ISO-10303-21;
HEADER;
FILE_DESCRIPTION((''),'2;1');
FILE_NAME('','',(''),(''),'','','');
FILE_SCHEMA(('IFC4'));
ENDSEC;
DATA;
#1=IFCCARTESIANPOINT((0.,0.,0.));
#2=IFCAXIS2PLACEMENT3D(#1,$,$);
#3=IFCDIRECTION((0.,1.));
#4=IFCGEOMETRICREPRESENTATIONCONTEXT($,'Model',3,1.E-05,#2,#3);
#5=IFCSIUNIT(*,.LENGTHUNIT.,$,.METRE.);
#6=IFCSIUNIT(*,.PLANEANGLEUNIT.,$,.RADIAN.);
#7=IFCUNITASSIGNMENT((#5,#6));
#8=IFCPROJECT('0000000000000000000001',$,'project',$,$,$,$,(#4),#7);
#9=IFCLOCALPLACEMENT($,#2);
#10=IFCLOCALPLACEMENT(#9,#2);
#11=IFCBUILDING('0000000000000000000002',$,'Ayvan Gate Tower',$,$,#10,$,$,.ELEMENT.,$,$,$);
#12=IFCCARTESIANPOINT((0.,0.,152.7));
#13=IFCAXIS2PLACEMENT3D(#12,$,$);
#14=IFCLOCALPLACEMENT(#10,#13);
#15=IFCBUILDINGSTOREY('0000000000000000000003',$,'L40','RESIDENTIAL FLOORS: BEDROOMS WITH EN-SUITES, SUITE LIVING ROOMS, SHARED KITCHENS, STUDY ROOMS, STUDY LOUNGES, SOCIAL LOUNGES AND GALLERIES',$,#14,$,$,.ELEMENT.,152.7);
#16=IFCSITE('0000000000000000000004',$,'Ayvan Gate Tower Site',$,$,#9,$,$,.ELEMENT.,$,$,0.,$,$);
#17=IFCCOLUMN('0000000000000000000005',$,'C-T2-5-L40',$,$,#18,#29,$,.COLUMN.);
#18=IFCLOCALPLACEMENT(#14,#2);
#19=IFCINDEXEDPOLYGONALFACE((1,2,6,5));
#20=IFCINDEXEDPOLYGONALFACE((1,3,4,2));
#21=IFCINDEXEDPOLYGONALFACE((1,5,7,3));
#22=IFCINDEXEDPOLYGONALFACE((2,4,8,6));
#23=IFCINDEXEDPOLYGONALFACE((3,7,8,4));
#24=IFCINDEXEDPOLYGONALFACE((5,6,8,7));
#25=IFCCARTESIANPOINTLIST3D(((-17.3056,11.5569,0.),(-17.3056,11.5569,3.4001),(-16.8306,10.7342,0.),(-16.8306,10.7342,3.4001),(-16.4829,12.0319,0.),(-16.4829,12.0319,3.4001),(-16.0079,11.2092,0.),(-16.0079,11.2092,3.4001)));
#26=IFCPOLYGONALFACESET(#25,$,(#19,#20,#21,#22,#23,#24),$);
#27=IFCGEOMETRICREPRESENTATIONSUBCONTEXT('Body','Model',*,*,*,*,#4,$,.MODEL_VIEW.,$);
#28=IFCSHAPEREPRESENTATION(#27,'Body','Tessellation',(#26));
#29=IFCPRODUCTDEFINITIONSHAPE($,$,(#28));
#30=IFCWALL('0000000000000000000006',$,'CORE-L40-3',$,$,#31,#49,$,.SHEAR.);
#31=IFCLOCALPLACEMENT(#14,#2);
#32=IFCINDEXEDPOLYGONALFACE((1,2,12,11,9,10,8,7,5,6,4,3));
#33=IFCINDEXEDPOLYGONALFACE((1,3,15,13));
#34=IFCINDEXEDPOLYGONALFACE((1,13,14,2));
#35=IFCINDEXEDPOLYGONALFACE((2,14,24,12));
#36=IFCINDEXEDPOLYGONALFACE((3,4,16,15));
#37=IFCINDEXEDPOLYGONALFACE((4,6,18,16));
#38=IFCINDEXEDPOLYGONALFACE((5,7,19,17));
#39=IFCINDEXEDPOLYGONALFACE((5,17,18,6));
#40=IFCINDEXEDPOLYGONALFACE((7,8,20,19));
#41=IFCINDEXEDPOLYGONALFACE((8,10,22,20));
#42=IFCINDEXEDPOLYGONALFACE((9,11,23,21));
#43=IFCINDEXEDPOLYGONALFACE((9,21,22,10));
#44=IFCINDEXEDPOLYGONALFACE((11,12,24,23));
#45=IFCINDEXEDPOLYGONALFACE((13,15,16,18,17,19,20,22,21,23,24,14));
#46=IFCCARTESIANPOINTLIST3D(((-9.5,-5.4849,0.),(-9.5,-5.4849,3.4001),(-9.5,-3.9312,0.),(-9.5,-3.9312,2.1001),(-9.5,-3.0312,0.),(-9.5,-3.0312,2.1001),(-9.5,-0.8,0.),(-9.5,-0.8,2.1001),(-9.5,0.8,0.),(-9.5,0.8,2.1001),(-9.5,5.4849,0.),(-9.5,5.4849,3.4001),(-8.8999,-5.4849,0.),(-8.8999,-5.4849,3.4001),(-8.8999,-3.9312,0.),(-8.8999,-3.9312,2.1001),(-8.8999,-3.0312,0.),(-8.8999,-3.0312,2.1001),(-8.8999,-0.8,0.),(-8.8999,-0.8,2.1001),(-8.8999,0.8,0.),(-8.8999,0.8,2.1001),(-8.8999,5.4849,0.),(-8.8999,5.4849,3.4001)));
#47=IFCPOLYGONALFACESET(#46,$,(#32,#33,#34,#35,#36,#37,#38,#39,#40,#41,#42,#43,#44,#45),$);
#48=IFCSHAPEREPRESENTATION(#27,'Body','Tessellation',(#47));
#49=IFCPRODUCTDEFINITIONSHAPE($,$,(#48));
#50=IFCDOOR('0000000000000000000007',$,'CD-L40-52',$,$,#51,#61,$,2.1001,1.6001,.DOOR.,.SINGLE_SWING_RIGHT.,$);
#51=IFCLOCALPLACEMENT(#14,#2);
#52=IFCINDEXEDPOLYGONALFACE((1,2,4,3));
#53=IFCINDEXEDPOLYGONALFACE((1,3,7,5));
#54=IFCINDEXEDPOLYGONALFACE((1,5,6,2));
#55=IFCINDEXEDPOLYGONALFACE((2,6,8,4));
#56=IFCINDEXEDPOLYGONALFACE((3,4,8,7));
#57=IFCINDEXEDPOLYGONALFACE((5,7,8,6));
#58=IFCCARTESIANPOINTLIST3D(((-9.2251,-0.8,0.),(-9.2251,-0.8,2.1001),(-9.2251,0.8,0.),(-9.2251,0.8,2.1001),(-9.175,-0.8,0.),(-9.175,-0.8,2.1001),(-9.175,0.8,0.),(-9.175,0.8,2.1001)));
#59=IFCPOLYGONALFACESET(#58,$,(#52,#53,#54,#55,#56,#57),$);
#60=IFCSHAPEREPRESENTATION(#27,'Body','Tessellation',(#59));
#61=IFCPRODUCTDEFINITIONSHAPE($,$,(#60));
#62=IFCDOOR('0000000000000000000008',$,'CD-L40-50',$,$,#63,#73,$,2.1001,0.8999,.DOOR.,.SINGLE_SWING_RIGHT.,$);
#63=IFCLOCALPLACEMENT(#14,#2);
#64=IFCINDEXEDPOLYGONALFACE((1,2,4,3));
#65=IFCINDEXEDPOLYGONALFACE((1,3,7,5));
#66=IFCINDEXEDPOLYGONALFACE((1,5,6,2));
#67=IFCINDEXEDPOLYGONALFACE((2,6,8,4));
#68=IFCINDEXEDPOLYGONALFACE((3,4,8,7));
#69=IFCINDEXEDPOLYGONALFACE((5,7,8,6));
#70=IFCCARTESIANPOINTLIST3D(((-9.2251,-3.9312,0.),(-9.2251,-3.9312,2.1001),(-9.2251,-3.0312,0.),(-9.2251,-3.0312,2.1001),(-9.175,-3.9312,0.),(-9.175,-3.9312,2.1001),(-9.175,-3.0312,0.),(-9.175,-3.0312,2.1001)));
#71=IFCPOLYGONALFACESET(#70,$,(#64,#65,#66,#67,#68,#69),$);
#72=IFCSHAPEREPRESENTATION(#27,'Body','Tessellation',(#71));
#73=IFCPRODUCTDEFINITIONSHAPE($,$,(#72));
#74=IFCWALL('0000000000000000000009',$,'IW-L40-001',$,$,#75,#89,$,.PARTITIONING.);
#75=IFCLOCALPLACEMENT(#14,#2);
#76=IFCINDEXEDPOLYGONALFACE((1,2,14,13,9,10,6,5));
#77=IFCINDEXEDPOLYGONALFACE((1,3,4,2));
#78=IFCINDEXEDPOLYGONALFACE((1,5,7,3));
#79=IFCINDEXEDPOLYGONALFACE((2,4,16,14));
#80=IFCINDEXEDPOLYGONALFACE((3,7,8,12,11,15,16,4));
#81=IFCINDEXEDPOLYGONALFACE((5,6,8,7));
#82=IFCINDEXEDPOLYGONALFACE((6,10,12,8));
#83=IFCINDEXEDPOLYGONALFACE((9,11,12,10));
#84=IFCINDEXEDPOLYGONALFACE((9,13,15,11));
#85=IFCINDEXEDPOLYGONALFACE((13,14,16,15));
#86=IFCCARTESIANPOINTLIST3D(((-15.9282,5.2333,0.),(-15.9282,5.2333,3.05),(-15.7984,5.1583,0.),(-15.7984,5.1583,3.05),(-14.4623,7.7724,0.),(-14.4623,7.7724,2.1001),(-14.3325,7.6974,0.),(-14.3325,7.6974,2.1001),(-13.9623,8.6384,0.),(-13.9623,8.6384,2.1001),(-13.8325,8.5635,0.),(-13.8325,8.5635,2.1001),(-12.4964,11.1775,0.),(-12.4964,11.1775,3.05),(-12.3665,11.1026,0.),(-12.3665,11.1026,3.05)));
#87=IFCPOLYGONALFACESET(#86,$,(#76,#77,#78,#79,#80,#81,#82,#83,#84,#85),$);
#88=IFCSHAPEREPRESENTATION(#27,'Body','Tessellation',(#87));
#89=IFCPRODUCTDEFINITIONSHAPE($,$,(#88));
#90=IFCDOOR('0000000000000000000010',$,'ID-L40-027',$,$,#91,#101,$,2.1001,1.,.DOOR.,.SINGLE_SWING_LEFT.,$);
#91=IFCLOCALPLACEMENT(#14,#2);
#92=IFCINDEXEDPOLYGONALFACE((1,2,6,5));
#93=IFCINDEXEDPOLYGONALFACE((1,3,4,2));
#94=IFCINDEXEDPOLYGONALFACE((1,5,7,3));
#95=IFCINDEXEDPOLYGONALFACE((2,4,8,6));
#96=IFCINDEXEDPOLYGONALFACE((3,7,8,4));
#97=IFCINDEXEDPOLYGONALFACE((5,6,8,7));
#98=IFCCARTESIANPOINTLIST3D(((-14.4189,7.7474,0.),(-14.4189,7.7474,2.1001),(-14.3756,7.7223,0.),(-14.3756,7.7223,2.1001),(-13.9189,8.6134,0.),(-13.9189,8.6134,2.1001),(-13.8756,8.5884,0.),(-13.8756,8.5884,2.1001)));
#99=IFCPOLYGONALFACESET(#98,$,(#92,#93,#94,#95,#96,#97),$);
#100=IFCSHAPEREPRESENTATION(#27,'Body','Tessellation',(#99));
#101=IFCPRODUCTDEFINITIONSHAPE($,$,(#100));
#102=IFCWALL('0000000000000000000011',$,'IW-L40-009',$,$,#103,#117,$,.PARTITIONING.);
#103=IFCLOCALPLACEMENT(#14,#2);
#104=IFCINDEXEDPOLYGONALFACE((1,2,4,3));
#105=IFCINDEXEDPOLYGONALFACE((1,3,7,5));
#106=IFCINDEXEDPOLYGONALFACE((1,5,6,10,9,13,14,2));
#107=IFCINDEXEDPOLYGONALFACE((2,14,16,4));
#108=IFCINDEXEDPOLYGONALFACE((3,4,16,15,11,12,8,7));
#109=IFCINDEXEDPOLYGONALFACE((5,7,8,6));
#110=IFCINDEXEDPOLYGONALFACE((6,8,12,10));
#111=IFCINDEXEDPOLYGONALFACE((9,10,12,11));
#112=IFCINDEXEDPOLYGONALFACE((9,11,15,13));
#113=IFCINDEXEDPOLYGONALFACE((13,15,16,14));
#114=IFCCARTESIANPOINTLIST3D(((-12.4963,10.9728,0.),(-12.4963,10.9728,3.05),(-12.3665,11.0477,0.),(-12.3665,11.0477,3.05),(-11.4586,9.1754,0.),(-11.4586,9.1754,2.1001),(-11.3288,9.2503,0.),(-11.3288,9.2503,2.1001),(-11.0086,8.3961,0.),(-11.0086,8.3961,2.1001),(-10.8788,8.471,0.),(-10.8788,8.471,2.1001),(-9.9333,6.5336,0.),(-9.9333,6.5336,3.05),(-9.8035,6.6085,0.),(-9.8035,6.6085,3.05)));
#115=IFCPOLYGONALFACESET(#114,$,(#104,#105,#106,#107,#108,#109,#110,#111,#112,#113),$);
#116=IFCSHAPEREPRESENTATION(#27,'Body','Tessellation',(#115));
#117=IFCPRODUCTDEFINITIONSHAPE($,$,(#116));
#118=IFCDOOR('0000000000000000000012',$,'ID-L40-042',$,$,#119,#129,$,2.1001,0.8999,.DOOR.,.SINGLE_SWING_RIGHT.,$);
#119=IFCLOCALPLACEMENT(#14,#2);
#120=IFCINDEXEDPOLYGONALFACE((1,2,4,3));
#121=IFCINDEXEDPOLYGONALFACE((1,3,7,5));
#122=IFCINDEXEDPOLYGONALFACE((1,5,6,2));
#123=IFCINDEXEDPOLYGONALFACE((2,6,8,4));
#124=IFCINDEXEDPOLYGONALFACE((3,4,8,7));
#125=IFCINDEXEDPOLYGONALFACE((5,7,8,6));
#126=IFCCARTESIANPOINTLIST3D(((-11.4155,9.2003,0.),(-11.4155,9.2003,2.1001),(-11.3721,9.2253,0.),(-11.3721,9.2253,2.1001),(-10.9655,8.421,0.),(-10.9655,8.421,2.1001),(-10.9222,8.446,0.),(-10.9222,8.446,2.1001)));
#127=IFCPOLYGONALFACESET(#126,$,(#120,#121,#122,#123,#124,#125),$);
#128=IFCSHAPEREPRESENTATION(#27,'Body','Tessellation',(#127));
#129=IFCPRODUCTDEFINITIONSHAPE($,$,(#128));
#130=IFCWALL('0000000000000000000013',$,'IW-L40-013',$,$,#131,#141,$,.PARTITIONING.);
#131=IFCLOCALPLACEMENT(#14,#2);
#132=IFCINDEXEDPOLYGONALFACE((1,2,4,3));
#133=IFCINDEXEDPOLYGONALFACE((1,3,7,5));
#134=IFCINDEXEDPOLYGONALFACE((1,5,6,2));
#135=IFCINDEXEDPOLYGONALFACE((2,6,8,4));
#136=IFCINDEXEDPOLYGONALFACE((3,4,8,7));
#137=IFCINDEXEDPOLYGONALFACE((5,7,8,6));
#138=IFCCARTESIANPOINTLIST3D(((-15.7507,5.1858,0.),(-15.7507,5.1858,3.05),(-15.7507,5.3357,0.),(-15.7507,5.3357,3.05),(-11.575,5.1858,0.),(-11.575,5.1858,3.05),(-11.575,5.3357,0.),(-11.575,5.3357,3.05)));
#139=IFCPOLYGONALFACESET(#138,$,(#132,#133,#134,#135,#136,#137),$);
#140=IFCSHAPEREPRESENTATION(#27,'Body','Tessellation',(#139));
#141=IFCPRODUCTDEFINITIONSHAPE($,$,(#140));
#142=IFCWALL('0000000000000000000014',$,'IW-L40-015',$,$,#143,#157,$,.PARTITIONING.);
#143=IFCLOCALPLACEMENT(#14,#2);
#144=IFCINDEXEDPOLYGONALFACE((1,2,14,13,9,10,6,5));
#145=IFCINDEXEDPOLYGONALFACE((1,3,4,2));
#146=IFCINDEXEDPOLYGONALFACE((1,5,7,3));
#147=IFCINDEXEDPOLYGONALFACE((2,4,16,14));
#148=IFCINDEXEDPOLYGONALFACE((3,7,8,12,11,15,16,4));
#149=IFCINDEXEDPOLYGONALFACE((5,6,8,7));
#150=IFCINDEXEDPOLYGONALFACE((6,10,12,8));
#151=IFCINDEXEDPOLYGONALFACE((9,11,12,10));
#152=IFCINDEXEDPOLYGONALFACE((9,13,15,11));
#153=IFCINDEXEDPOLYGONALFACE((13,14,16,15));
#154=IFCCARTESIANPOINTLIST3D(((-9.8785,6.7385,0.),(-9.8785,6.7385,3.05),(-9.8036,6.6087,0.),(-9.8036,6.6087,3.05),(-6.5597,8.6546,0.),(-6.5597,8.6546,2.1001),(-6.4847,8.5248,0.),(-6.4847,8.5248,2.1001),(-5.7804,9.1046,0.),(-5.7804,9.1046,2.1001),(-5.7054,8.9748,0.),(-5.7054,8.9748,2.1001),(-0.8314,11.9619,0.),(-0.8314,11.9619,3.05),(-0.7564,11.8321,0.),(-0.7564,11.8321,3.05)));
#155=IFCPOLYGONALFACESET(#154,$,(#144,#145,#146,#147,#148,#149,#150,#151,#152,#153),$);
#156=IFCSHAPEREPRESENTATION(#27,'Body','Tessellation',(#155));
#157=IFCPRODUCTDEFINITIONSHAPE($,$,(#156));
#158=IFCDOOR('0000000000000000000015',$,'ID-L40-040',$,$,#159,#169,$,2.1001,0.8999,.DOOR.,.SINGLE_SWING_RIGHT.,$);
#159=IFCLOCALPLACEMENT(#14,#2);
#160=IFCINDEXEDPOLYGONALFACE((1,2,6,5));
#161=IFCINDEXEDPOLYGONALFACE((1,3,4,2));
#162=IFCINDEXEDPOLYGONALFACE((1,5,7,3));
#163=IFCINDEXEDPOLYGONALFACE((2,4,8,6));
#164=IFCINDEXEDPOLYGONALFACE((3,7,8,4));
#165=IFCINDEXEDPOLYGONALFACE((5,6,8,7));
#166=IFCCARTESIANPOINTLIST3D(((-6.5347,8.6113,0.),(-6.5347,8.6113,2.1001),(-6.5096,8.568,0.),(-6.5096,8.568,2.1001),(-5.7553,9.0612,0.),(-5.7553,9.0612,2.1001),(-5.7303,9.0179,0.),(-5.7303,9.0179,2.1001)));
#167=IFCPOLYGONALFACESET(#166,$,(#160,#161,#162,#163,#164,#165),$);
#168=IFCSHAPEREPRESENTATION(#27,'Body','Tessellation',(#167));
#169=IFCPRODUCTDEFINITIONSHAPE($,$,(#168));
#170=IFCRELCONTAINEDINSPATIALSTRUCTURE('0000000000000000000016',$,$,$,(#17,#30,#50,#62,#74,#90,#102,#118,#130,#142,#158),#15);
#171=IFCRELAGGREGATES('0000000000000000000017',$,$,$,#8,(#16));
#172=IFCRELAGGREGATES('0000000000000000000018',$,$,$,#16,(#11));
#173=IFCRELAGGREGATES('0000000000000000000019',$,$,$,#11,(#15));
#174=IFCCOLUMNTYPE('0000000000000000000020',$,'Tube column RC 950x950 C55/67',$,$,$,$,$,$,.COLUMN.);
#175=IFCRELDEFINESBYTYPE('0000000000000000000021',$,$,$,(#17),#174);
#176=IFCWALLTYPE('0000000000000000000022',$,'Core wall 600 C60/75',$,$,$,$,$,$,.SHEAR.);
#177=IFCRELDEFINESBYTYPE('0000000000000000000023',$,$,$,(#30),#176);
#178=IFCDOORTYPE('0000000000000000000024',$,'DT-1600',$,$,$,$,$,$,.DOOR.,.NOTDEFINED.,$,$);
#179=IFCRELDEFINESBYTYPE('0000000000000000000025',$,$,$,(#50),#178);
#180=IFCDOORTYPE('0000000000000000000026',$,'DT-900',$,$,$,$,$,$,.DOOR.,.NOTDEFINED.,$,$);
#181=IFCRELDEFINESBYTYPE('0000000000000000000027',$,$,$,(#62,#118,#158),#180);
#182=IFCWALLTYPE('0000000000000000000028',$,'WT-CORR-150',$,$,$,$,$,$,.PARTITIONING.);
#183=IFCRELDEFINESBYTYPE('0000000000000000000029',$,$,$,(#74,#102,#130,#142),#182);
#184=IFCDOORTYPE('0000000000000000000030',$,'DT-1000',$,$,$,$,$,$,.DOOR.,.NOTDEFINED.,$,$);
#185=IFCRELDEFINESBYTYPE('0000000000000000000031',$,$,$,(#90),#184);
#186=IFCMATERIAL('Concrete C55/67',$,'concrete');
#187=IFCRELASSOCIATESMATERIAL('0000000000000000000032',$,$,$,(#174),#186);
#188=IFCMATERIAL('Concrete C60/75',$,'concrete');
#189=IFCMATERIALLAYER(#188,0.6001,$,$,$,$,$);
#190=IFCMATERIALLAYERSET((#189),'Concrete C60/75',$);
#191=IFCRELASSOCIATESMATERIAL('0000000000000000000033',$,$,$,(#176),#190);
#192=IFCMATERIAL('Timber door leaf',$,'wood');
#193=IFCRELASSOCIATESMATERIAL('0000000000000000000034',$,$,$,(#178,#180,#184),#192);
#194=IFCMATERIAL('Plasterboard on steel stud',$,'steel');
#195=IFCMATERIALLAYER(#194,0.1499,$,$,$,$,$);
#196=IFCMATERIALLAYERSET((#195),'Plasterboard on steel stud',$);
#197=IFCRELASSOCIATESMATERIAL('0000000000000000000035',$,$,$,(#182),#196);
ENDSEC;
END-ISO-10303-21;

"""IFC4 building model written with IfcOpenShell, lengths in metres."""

from ifc_helpers import new_model, si_unit, direction, frame, frame_2d, origin, origin_2d, place, context, subcontext, project, spatial, rectangle, extrude, material, layer, layer_set, material_profile, profile_set, type_object, element, fill, save


model = new_model("IFC4")

# Units and contexts
model_context = context("Model", 3, precision=1e-05, world=origin(), true_north=direction((0.0, 1.0)))
body_context = subcontext(model_context, "Body", "Model", "MODEL_VIEW")
ifc_project = project(units=[si_unit("LENGTHUNIT", "METRE"), si_unit("PLANEANGLEUNIT", "RADIAN")], contexts=[model_context])

# Site, building, storey
site_placement = place(None, origin())
site = spatial("IfcSite", under=ifc_project, at=site_placement, Name="Ayvan Gate Tower Site", CompositionType="ELEMENT", RefElevation=0.0)
building_placement = place(site_placement, origin())
building = spatial("IfcBuilding", under=site, at=building_placement, Name="Ayvan Gate Tower", CompositionType="ELEMENT")
storey_placement = place(building_placement, frame((0.0, 0.0, 152.7)))
storey = spatial("IfcBuildingStorey", under=building, at=storey_placement, Name="L40", Description="RESIDENTIAL FLOORS: BEDROOMS WITH EN-SUITES, SUITE LIVING ROOMS, SHARED KITCHENS, STUDY ROOMS, STUDY LOUNGES, SOCIAL LOUNGES AND GALLERIES", CompositionType="ELEMENT", Elevation=152.7)

# Column
ifc_material_1 = material(Name="Concrete C55/67", Category="concrete")
ifc_material_profile = material_profile(ifc_material_1, rectangle(XDim=0.95, YDim=0.95, at=origin_2d()), Name="RC 950x950")
ifc_profile_set = profile_set([ifc_material_profile], Name="Concrete C55/67")
column_type = type_object("IfcColumnType", Name="Tube column RC 950x950 C55/67", PredefinedType="COLUMN", material=ifc_profile_set)
column_placement = place(storey_placement, frame((-16.6567, 11.3831, 0.0), z_axis=(0.0, 0.0, 1.0), x_axis=(-0.5, 0.866025, 0.0)))
element("IfcColumn", 1, at=column_placement, inside=storey, type_object=column_type, Name="C-T2-5-L40", PredefinedType="COLUMN", context=body_context, shape_type="SweptSolid", body=[
    extrude(rectangle(XDim=0.95, YDim=0.95, at=origin_2d()), origin(), (0.0, 0.0, 1.0), 3.4001),
])

# Wall, openings, doors
ifc_material_2 = material(Name="Concrete C60/75", Category="concrete")
ifc_layer_1 = layer(ifc_material_2, 0.6001)
ifc_layer_set_1 = layer_set([ifc_layer_1], Name="Concrete C60/75")
wall_type_1 = type_object("IfcWallType", Name="Core wall 600 C60/75", PredefinedType="SHEAR", material=ifc_layer_set_1)
wall_1_placement = place(storey_placement, frame((-9.2, 5.4849, 0.0), z_axis=(0.0, 0.0, 1.0), x_axis=(0.0, -1.0, 0.0)))
wall_1 = element("IfcWall", 2, at=wall_1_placement, inside=storey, type_object=wall_type_1, Name="CORE-L40-3", PredefinedType="SHEAR", context=body_context, shape_type="SweptSolid", body=[
    extrude(rectangle(XDim=10.9697, YDim=0.6001, at=frame_2d((5.4849, 0.0))), origin(), (0.0, 0.0, 1.0), 3.4001),
])
opening_1_placement = place(wall_1_placement, frame((8.5161, 0.0, 0.0)))
opening_1 = element("IfcOpeningElement", 3, at=opening_1_placement, cuts=wall_1, PredefinedType="OPENING", context=body_context, shape_type="SweptSolid", body=[
    extrude(rectangle(XDim=0.8999, YDim=2.1001, at=frame_2d((0.45, 1.05))), frame((0.0, 0.3101, 0.0), z_axis=(0.0, -1.0, 0.0), x_axis=(1.0, 0.0, 0.0)), (0.0, 0.0, 1.0), 0.6201),
])
opening_2_placement = place(wall_1_placement, frame((4.6848, 0.0, 0.0)))
opening_2 = element("IfcOpeningElement", 4, at=opening_2_placement, cuts=wall_1, PredefinedType="OPENING", context=body_context, shape_type="SweptSolid", body=[
    extrude(rectangle(XDim=1.6001, YDim=2.1001, at=frame_2d((0.8, 1.05))), frame((0.0, 0.3101, 0.0), z_axis=(0.0, -1.0, 0.0), x_axis=(1.0, 0.0, 0.0)), (0.0, 0.0, 1.0), 0.6201),
])
ifc_material_3 = material(Name="Timber door leaf", Category="wood")
door_type_1 = type_object("IfcDoorType", Name="DT-1600", OperationType="NOTDEFINED", PredefinedType="DOOR", material=ifc_material_3)
door_1_placement = place(opening_2_placement, origin())
door_1 = element("IfcDoor", 5, at=door_1_placement, inside=storey, type_object=door_type_1, Name="CD-L40-52", OperationType="SINGLE_SWING_RIGHT", OverallHeight=2.1001, OverallWidth=1.6001, PredefinedType="DOOR", context=body_context, shape_type="SweptSolid", body=[
    extrude(rectangle(XDim=1.6001, YDim=2.1001, at=frame_2d((0.8, 1.05))), frame((0.0, 0.0249, 0.0), z_axis=(0.0, -1.0, 0.0), x_axis=(1.0, 0.0, 0.0)), (0.0, 0.0, 1.0), 0.05),
])
fill(opening_2, door_1)
door_type_2 = type_object("IfcDoorType", Name="DT-900", OperationType="NOTDEFINED", PredefinedType="DOOR", material=ifc_material_3)
door_2_placement = place(opening_1_placement, origin())
door_2 = element("IfcDoor", 6, at=door_2_placement, inside=storey, type_object=door_type_2, Name="CD-L40-50", OperationType="SINGLE_SWING_RIGHT", OverallHeight=2.1001, OverallWidth=0.8999, PredefinedType="DOOR", context=body_context, shape_type="SweptSolid", body=[
    extrude(rectangle(XDim=0.8999, YDim=2.1001, at=frame_2d((0.45, 1.05))), frame((0.0, 0.0249, 0.0), z_axis=(0.0, -1.0, 0.0), x_axis=(1.0, 0.0, 0.0)), (0.0, 0.0, 1.0), 0.05),
])
fill(opening_1, door_2)

# Walls, openings, doors
ifc_material_4 = material(Name="Plasterboard on steel stud", Category="steel")
ifc_layer_2 = layer(ifc_material_4, 0.1499)
ifc_layer_set_2 = layer_set([ifc_layer_2], Name="Plasterboard on steel stud")
wall_type_2 = type_object("IfcWallType", Name="WT-CORR-150", PredefinedType="PARTITIONING", material=ifc_layer_set_2)
wall_2_placement = place(storey_placement, frame((-15.8633, 5.1958, 0.0), z_axis=(0.0, 0.0, 1.0), x_axis=(0.499991, 0.86603, 0.0)))
wall_2 = element("IfcWall", 7, at=wall_2_placement, inside=storey, type_object=wall_type_2, Name="IW-L40-001", PredefinedType="PARTITIONING", context=body_context, shape_type="SweptSolid", body=[
    extrude(rectangle(XDim=6.8638, YDim=0.1499, at=frame_2d((3.4319, 0.0))), origin(), (0.0, 0.0, 1.0), 3.05),
])
opening_3_placement = place(wall_2_placement, frame((2.9319, 0.0, 0.0)))
opening_3 = element("IfcOpeningElement", 8, at=opening_3_placement, cuts=wall_2, PredefinedType="OPENING", context=body_context, shape_type="SweptSolid", body=[
    extrude(rectangle(XDim=1.0, YDim=2.1001, at=frame_2d((0.5, 1.05))), frame((0.0, 0.085, 0.0), z_axis=(0.0, -1.0, 0.0), x_axis=(1.0, 0.0, 0.0)), (0.0, 0.0, 1.0), 0.1699),
])
door_type_3 = type_object("IfcDoorType", Name="DT-1000", OperationType="NOTDEFINED", PredefinedType="DOOR", material=ifc_material_3)
door_3_placement = place(opening_3_placement, origin())
door_3 = element("IfcDoor", 9, at=door_3_placement, inside=storey, type_object=door_type_3, Name="ID-L40-027", OperationType="SINGLE_SWING_LEFT", OverallHeight=2.1001, OverallWidth=1.0, PredefinedType="DOOR", context=body_context, shape_type="SweptSolid", body=[
    extrude(rectangle(XDim=1.0, YDim=2.1001, at=frame_2d((0.5, 1.05))), frame((0.0, 0.0249, 0.0), z_axis=(0.0, -1.0, 0.0), x_axis=(1.0, 0.0, 0.0)), (0.0, 0.0, 1.0), 0.05),
])
fill(opening_3, door_3)
wall_3_placement = place(storey_placement, frame((-12.4314, 11.0103, 0.0), z_axis=(0.0, 0.0, 1.0), x_axis=(0.500001, -0.866025, 0.0)))
wall_3 = element("IfcWall", 10, at=wall_3_placement, inside=storey, type_object=wall_type_2, Name="IW-L40-009", PredefinedType="PARTITIONING", context=body_context, shape_type="SweptSolid", body=[
    extrude(rectangle(XDim=5.126, YDim=0.1499, at=frame_2d((2.563, 0.0))), origin(), (0.0, 0.0, 1.0), 3.05),
])
opening_4_placement = place(wall_3_placement, frame((2.0754, 0.0, 0.0)))
opening_4 = element("IfcOpeningElement", 11, at=opening_4_placement, cuts=wall_3, PredefinedType="OPENING", context=body_context, shape_type="SweptSolid", body=[
    extrude(rectangle(XDim=0.8999, YDim=2.1001, at=frame_2d((0.45, 1.05))), frame((0.0, 0.085, 0.0), z_axis=(0.0, -1.0, 0.0), x_axis=(1.0, 0.0, 0.0)), (0.0, 0.0, 1.0), 0.1699),
])
door_4_placement = place(opening_4_placement, origin())
door_4 = element("IfcDoor", 12, at=door_4_placement, inside=storey, type_object=door_type_2, Name="ID-L40-042", OperationType="SINGLE_SWING_RIGHT", OverallHeight=2.1001, OverallWidth=0.8999, PredefinedType="DOOR", context=body_context, shape_type="SweptSolid", body=[
    extrude(rectangle(XDim=0.8999, YDim=2.1001, at=frame_2d((0.45, 1.05))), frame((0.0, 0.0249, 0.0), z_axis=(0.0, -1.0, 0.0), x_axis=(1.0, 0.0, 0.0)), (0.0, 0.0, 1.0), 0.05),
])
fill(opening_4, door_4)

# Wall
wall_4_placement = place(storey_placement, frame((-11.575, 5.2607, 0.0), z_axis=(0.0, 0.0, 1.0), x_axis=(-1.0, 0.0, 0.0)))
element("IfcWall", 13, at=wall_4_placement, inside=storey, type_object=wall_type_2, Name="IW-L40-013", PredefinedType="PARTITIONING", context=body_context, shape_type="SweptSolid", body=[
    extrude(rectangle(XDim=4.1758, YDim=0.1499, at=frame_2d((2.0879, 0.0))), origin(), (0.0, 0.0, 1.0), 3.05),
])

# Wall, opening, door
wall_5_placement = place(storey_placement, frame((-9.8411, 6.6736, 0.0), z_axis=(0.0, 0.0, 1.0), x_axis=(0.866024, 0.500002, 0.0)))
wall_5 = element("IfcWall", 14, at=wall_5_placement, inside=storey, type_object=wall_type_2, Name="IW-L40-015", PredefinedType="PARTITIONING", context=body_context, shape_type="SweptSolid", body=[
    extrude(rectangle(XDim=10.4468, YDim=0.1499, at=frame_2d((5.2234, 0.0))), origin(), (0.0, 0.0, 1.0), 3.05),
])
opening_5_placement = place(wall_5_placement, frame((3.8323, 0.0, 0.0)))
opening_5 = element("IfcOpeningElement", 15, at=opening_5_placement, cuts=wall_5, PredefinedType="OPENING", context=body_context, shape_type="SweptSolid", body=[
    extrude(rectangle(XDim=0.8999, YDim=2.1001, at=frame_2d((0.45, 1.05))), frame((0.0, 0.085, 0.0), z_axis=(0.0, -1.0, 0.0), x_axis=(1.0, 0.0, 0.0)), (0.0, 0.0, 1.0), 0.1699),
])
door_5_placement = place(opening_5_placement, origin())
door_5 = element("IfcDoor", 16, at=door_5_placement, inside=storey, type_object=door_type_2, Name="ID-L40-040", OperationType="SINGLE_SWING_RIGHT", OverallHeight=2.1001, OverallWidth=0.8999, PredefinedType="DOOR", context=body_context, shape_type="SweptSolid", body=[
    extrude(rectangle(XDim=0.8999, YDim=2.1001, at=frame_2d((0.45, 1.05))), frame((0.0, 0.0249, 0.0), z_axis=(0.0, -1.0, 0.0), x_axis=(1.0, 0.0, 0.0)), (0.0, 0.0, 1.0), 0.05),
])
fill(opening_5, door_5)

save(model, "model.ifc")
